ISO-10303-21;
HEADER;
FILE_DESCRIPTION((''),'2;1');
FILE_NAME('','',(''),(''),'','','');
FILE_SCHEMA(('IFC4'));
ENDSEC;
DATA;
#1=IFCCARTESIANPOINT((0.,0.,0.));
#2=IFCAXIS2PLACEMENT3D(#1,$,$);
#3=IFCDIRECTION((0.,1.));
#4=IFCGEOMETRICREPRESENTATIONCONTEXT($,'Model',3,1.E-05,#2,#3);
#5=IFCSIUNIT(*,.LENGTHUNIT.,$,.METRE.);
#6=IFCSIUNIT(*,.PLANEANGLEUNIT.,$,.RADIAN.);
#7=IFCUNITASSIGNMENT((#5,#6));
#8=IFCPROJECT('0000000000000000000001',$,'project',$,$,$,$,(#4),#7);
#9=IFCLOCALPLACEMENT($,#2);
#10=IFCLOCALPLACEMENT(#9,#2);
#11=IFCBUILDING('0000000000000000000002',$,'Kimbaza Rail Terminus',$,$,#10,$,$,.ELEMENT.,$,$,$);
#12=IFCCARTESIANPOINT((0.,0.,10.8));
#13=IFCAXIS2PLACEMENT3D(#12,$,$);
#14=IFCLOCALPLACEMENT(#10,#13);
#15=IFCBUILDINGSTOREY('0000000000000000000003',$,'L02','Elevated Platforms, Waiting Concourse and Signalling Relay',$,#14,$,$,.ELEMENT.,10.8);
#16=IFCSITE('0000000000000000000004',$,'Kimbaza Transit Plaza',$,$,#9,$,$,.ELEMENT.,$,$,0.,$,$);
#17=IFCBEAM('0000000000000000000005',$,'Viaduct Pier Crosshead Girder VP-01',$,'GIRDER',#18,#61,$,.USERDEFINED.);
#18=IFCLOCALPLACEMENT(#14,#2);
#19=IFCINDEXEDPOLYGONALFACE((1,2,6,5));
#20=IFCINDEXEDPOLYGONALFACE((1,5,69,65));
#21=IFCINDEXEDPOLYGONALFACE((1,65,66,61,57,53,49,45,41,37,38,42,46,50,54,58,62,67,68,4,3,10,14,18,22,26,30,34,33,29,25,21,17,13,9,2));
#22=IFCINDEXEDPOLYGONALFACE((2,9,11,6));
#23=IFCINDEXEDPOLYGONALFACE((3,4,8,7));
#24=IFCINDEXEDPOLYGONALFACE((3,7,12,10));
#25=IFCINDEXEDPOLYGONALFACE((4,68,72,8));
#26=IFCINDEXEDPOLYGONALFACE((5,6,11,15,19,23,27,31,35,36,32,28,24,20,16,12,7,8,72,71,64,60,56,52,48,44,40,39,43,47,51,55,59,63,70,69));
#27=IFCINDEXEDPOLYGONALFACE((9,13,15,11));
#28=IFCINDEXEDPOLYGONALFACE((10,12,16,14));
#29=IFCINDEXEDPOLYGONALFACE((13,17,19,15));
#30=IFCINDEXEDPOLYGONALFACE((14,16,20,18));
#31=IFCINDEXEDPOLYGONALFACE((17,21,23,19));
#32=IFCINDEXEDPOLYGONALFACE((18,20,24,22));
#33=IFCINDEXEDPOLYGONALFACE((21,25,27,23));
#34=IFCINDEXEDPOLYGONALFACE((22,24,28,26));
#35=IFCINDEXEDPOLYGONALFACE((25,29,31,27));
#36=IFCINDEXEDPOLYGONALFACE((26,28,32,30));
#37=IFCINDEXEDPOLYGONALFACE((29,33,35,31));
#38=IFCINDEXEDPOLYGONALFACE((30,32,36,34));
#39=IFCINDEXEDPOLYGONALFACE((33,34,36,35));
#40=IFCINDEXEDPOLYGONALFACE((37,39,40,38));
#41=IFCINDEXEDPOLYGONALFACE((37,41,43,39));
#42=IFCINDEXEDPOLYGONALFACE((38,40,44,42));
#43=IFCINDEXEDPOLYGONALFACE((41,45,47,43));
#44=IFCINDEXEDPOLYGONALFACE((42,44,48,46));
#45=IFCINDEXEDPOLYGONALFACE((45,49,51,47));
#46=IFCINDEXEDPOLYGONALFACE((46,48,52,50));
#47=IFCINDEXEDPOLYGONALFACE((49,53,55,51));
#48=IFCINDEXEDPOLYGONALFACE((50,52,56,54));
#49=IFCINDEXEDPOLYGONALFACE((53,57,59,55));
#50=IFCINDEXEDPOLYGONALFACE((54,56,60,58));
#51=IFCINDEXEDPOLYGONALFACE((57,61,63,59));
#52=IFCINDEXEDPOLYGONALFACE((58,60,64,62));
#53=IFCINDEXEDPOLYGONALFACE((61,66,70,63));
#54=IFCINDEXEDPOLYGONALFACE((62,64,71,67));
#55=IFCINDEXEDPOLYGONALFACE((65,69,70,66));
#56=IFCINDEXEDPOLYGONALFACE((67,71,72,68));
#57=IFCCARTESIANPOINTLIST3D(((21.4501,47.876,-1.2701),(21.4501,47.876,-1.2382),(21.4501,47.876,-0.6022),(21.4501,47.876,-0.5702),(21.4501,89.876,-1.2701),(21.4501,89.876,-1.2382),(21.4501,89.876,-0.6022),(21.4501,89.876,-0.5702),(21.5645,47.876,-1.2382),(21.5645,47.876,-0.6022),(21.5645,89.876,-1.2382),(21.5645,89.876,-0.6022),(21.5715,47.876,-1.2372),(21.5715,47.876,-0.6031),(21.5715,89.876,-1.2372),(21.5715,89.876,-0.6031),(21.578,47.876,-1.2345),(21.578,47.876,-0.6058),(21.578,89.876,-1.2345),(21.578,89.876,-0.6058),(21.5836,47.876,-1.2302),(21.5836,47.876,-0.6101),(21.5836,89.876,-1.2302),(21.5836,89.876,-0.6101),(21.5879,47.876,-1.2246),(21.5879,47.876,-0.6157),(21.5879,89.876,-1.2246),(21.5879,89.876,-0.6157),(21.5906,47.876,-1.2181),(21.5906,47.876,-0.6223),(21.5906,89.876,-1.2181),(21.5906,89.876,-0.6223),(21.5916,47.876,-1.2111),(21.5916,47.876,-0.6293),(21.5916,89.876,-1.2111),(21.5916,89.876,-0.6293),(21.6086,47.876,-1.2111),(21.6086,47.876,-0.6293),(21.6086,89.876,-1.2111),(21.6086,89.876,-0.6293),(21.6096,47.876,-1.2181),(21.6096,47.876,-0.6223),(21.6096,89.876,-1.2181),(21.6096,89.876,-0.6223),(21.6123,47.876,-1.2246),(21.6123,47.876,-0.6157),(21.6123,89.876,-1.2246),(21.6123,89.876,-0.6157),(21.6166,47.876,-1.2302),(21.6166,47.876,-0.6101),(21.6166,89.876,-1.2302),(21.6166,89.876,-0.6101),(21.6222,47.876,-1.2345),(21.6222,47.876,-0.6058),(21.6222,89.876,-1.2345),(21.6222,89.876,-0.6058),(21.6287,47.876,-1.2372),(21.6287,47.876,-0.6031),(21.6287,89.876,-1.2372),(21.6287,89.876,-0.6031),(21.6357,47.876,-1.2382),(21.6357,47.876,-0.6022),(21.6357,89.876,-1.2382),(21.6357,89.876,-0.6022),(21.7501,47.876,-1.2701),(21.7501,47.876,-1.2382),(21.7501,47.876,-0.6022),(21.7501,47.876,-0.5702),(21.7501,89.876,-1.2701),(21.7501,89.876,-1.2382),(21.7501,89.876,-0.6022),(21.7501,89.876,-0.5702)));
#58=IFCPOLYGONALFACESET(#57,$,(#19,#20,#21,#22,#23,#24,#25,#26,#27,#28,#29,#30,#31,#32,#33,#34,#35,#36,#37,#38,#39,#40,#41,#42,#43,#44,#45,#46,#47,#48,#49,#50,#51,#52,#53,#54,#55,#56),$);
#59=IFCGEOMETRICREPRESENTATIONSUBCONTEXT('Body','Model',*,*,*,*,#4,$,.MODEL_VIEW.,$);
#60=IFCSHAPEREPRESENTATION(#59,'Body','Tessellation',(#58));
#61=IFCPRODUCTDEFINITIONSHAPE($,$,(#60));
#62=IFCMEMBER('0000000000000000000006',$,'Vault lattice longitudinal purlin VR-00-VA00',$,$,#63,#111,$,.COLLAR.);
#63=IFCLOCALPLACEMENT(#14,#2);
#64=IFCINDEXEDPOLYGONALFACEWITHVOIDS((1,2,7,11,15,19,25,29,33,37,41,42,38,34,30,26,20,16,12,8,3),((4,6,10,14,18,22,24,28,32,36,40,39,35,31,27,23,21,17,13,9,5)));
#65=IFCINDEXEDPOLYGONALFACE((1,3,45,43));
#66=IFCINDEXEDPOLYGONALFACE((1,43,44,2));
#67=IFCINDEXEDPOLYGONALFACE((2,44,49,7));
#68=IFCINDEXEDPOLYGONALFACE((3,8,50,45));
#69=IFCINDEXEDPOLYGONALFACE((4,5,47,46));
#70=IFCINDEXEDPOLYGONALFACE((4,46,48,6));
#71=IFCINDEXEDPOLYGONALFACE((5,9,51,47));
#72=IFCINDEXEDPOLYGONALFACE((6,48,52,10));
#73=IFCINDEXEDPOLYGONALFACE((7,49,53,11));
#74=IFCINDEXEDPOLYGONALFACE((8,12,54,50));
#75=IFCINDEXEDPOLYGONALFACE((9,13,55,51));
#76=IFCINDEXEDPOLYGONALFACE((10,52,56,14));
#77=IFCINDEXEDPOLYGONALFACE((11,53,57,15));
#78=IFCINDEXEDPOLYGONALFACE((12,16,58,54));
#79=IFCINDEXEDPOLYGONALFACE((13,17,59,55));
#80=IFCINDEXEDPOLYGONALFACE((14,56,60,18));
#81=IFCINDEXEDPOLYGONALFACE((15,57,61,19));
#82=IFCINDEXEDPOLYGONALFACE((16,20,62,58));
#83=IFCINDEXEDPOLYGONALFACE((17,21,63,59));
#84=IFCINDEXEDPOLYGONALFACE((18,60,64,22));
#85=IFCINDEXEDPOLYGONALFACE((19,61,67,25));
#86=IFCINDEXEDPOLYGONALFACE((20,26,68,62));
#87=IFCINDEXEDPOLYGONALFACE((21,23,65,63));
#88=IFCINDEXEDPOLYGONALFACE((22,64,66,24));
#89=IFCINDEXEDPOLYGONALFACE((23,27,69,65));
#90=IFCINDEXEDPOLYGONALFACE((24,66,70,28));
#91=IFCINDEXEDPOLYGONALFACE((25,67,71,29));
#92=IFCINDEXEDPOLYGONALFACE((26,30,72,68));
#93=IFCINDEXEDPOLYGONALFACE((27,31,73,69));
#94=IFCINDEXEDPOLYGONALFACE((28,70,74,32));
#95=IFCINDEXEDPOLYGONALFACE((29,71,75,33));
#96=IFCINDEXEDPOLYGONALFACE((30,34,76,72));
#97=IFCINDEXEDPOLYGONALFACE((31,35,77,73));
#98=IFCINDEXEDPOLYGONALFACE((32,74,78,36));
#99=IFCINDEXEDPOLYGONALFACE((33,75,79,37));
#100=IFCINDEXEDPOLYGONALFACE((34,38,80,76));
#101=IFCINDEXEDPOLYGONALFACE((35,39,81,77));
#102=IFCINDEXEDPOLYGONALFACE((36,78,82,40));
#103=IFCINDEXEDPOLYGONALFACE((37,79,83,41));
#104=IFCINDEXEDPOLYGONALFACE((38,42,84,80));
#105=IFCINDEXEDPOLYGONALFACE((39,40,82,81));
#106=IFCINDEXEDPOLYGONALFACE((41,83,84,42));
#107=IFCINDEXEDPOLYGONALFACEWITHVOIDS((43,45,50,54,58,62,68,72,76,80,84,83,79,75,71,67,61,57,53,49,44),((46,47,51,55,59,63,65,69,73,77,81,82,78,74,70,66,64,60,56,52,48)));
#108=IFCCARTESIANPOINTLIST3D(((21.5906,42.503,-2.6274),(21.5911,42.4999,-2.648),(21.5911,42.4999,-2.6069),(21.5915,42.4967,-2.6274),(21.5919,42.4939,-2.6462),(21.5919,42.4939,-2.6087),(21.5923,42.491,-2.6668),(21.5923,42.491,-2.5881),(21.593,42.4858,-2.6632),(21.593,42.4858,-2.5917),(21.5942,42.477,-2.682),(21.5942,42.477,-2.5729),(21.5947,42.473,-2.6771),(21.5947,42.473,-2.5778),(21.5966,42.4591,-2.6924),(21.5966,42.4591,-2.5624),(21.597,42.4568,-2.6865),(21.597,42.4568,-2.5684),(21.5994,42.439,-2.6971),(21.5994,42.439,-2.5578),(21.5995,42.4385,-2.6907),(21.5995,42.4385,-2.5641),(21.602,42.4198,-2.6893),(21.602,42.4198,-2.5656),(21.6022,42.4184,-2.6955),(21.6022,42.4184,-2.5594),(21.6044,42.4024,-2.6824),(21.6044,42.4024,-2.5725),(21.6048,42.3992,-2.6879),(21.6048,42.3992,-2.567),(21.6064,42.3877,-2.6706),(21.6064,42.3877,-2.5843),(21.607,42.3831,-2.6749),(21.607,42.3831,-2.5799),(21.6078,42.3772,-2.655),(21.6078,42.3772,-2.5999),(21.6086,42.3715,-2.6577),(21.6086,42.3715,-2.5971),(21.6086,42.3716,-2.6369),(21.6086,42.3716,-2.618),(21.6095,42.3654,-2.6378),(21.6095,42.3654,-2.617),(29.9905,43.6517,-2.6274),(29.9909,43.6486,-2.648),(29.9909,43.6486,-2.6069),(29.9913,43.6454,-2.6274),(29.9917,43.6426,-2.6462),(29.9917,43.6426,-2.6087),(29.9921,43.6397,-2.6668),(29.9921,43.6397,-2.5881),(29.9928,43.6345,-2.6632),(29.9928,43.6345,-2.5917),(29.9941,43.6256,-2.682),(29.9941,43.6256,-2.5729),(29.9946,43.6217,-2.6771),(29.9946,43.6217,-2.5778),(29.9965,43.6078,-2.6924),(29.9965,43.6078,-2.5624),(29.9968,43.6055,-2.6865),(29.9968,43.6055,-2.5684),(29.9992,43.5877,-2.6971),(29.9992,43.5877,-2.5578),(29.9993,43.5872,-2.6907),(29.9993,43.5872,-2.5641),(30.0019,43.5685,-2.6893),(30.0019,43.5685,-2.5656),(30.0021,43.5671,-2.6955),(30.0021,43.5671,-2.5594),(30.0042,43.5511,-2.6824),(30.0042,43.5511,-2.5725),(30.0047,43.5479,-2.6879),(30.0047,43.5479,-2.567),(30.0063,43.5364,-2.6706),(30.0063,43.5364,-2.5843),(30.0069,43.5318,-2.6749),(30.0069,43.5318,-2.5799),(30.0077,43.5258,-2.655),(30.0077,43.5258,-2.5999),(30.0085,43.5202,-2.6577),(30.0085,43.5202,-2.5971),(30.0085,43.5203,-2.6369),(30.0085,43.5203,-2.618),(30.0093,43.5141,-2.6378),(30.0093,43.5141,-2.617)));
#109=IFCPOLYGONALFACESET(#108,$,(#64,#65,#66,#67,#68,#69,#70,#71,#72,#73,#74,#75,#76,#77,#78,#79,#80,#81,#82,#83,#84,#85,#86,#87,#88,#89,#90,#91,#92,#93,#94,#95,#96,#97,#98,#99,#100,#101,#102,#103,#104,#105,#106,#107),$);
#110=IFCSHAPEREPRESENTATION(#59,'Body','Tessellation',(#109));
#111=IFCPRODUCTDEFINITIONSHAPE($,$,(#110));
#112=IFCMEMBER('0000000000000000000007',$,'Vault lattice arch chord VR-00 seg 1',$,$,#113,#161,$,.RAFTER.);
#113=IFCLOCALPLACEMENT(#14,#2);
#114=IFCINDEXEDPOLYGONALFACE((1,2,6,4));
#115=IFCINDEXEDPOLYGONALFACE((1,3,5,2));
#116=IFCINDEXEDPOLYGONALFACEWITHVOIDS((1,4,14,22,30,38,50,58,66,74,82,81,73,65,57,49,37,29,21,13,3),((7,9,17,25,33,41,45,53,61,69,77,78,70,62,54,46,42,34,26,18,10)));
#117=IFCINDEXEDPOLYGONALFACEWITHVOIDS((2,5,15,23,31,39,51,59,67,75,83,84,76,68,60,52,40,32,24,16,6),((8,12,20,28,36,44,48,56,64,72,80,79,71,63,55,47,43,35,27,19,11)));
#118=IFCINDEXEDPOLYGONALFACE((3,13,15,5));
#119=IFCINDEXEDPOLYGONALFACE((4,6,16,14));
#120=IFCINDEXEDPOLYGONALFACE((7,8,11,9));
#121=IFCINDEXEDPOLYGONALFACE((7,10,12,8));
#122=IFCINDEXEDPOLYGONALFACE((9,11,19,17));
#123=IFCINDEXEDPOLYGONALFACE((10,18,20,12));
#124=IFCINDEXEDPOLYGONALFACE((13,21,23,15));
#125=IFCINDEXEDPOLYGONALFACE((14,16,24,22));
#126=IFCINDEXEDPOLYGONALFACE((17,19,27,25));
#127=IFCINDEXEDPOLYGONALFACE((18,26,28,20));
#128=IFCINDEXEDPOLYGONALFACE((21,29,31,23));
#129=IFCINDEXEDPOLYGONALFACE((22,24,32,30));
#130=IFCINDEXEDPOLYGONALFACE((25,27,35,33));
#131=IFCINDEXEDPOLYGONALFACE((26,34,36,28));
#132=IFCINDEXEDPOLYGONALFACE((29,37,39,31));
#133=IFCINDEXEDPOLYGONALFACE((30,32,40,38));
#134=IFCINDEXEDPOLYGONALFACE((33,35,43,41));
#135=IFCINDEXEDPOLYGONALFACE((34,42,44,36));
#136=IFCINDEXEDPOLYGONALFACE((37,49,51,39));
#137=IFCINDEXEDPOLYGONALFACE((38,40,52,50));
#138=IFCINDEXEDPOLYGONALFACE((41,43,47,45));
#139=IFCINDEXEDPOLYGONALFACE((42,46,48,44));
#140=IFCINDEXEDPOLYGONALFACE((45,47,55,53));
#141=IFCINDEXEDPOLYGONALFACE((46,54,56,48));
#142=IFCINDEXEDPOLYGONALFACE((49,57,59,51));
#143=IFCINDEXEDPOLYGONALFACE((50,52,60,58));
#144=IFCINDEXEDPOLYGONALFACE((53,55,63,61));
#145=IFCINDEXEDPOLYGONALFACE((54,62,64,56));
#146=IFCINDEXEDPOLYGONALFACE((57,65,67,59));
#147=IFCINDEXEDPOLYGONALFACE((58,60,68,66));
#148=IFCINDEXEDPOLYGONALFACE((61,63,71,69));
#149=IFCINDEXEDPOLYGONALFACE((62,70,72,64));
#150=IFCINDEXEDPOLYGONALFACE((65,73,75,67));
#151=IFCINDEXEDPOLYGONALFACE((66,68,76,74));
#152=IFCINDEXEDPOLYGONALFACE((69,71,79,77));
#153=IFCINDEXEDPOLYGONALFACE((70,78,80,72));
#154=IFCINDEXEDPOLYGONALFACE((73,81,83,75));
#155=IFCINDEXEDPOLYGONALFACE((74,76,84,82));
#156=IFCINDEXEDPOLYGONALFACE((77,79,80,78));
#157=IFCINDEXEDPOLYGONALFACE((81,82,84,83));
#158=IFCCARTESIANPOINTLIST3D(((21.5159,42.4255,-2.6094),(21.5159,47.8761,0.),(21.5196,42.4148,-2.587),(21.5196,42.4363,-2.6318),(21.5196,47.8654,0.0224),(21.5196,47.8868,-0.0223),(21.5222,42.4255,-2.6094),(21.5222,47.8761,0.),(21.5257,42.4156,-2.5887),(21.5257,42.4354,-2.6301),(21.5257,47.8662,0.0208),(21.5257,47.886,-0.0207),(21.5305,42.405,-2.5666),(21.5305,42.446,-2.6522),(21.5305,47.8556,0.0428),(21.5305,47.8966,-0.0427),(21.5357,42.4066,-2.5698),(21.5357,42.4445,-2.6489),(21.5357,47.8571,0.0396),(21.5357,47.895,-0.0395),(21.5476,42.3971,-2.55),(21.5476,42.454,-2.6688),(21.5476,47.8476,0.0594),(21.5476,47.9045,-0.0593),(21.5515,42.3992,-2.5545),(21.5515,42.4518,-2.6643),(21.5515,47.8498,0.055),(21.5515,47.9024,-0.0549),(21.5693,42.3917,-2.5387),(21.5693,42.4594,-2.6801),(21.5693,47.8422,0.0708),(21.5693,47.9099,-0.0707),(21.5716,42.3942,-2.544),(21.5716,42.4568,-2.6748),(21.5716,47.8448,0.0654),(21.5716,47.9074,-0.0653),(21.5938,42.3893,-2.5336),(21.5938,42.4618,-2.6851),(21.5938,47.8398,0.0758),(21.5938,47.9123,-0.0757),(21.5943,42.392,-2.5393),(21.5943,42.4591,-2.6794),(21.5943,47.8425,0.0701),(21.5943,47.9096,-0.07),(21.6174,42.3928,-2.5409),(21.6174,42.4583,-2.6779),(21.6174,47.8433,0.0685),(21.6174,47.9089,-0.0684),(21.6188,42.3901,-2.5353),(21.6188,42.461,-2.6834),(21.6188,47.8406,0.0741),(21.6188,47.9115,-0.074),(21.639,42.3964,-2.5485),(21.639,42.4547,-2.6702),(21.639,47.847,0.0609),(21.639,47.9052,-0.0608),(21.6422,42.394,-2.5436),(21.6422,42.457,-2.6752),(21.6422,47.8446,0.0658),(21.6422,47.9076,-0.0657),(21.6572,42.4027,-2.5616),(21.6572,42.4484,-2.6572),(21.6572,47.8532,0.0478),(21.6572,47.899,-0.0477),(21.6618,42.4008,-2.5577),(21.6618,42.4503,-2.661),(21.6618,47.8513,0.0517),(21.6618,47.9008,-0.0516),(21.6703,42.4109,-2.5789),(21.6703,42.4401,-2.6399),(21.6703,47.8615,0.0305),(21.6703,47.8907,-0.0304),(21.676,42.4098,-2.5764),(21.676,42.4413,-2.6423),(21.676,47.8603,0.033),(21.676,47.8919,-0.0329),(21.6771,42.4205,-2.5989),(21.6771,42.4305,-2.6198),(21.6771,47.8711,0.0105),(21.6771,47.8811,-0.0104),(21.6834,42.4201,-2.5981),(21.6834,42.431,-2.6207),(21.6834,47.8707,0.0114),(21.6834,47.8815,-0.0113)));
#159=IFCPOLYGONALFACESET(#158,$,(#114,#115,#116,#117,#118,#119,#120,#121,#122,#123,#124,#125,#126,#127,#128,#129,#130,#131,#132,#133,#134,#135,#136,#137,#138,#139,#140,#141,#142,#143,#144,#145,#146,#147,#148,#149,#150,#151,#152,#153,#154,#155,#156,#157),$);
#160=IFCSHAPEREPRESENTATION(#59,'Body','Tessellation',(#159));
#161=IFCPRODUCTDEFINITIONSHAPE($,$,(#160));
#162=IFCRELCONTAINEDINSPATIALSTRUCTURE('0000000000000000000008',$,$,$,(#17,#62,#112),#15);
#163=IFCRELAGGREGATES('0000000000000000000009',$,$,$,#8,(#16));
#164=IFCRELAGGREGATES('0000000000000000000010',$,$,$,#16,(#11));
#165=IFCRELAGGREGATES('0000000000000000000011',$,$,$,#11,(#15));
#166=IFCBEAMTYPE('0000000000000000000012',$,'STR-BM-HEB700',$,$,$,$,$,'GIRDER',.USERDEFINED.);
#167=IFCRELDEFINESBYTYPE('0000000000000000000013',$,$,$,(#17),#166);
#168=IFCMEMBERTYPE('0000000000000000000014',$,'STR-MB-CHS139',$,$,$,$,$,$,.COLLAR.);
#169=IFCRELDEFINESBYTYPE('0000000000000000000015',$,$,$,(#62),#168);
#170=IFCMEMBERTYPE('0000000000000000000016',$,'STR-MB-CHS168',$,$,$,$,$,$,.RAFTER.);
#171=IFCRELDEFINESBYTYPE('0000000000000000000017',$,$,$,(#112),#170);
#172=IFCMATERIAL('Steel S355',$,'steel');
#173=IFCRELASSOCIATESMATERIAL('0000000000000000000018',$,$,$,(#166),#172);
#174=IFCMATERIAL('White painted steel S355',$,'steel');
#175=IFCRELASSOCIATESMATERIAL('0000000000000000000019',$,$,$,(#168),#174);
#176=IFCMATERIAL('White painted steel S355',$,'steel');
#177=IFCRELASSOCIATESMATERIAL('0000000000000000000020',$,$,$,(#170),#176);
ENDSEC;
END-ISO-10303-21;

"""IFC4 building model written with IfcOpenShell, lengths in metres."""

from ifc_helpers import new_model, si_unit, direction, frame, origin, origin_2d, place, context, subcontext, project, spatial, hollow_circle, i_section, extrude, material, material_profile, profile_set, type_object, element, save


model = new_model("IFC4")

# Units and contexts
model_context = context("Model", 3, precision=1e-05, world=origin(), true_north=direction((0.0, 1.0)))
body_context = subcontext(model_context, "Body", "Model", "MODEL_VIEW")
ifc_project = project(units=[si_unit("LENGTHUNIT", "METRE"), si_unit("PLANEANGLEUNIT", "RADIAN")], contexts=[model_context])

# Site, building, storey
site_placement = place(None, origin())
site = spatial("IfcSite", under=ifc_project, at=site_placement, Name="Kimbaza Transit Plaza", CompositionType="ELEMENT", RefElevation=0.0)
building_placement = place(site_placement, origin())
building = spatial("IfcBuilding", under=site, at=building_placement, Name="Kimbaza Rail Terminus", CompositionType="ELEMENT")
storey_placement = place(building_placement, frame((0.0, 0.0, 10.8)))
storey = spatial("IfcBuildingStorey", under=building, at=storey_placement, Name="L02", Description="Elevated Platforms, Waiting Concourse and Signalling Relay", CompositionType="ELEMENT", Elevation=10.8)

# Beam
ifc_material_1 = material(Name="Steel S355", Category="steel")
ifc_material_profile_1 = material_profile(ifc_material_1, i_section(OverallWidth=0.3, OverallDepth=0.7, WebThickness=0.0171, FlangeThickness=0.032, FilletRadius=0.0271, at=origin_2d()), Name="HEB 700")
ifc_profile_set_1 = profile_set([ifc_material_profile_1], Name="Steel S355")
beam_type = type_object("IfcBeamType", Name="STR-BM-HEB700", ElementType="GIRDER", PredefinedType="USERDEFINED", material=ifc_profile_set_1)
beam_placement = place(storey_placement, frame((21.6001, 47.876, -0.9202), z_axis=(0.0, 1.0, 0.0), x_axis=(-1.0, 0.0, 0.0)))
element("IfcBeam", 1, at=beam_placement, inside=storey, type_object=beam_type, Name="Viaduct Pier Crosshead Girder VP-01", ObjectType="GIRDER", PredefinedType="USERDEFINED", context=body_context, shape_type="SweptSolid", body=[
    extrude(i_section(OverallWidth=0.3, OverallDepth=0.7, WebThickness=0.0171, FlangeThickness=0.032, FilletRadius=0.0271, at=origin_2d()), origin(), (0.0, 0.0, 1.0), 42.0),
])

# Members
ifc_material_2 = material(Name="White painted steel S355", Category="steel")
ifc_material_profile_2 = material_profile(ifc_material_2, hollow_circle(Radius=0.0698, WallThickness=0.0063, at=origin_2d()), Name="CHS 139.7x6.3")
ifc_profile_set_2 = profile_set([ifc_material_profile_2], Name="White painted steel S355")
member_type_1 = type_object("IfcMemberType", Name="STR-MB-CHS139", PredefinedType="COLLAR", material=ifc_profile_set_2)
member_1_placement = place(storey_placement, frame((21.6001, 42.4338, -2.6274), z_axis=(0.990779, 0.135488, 0.0), x_axis=(-0.135488, 0.990779, 0.0)))
element("IfcMember", 2, at=member_1_placement, inside=storey, type_object=member_type_1, Name="Vault lattice longitudinal purlin VR-00-VA00", PredefinedType="COLLAR", context=body_context, shape_type="SweptSolid", body=[
    extrude(hollow_circle(Radius=0.0698, WallThickness=0.0063, at=origin_2d()), origin(), (0.0, 0.0, 1.0), 8.478),
])
ifc_material_3 = material(Name="White painted steel S355", Category="steel")
ifc_material_profile_3 = material_profile(ifc_material_3, hollow_circle(Radius=0.0842, WallThickness=0.0063, at=origin_2d()), Name="CHS 168.3x6.3")
ifc_profile_set_3 = profile_set([ifc_material_profile_3], Name="White painted steel S355")
member_type_2 = type_object("IfcMemberType", Name="STR-MB-CHS168", PredefinedType="RAFTER", material=ifc_profile_set_3)
member_2_placement = place(storey_placement, frame((21.6001, 42.4255, -2.6094), z_axis=(0.0, 0.901964, 0.431811), x_axis=(-1.0, 0.0, 0.0)))
element("IfcMember", 3, at=member_2_placement, inside=storey, type_object=member_type_2, Name="Vault lattice arch chord VR-00 seg 1", PredefinedType="RAFTER", context=body_context, shape_type="SweptSolid", body=[
    extrude(hollow_circle(Radius=0.0842, WallThickness=0.0063, at=origin_2d()), origin(), (0.0, 0.0, 1.0), 6.043),
])

save(model, "model.ifc")
